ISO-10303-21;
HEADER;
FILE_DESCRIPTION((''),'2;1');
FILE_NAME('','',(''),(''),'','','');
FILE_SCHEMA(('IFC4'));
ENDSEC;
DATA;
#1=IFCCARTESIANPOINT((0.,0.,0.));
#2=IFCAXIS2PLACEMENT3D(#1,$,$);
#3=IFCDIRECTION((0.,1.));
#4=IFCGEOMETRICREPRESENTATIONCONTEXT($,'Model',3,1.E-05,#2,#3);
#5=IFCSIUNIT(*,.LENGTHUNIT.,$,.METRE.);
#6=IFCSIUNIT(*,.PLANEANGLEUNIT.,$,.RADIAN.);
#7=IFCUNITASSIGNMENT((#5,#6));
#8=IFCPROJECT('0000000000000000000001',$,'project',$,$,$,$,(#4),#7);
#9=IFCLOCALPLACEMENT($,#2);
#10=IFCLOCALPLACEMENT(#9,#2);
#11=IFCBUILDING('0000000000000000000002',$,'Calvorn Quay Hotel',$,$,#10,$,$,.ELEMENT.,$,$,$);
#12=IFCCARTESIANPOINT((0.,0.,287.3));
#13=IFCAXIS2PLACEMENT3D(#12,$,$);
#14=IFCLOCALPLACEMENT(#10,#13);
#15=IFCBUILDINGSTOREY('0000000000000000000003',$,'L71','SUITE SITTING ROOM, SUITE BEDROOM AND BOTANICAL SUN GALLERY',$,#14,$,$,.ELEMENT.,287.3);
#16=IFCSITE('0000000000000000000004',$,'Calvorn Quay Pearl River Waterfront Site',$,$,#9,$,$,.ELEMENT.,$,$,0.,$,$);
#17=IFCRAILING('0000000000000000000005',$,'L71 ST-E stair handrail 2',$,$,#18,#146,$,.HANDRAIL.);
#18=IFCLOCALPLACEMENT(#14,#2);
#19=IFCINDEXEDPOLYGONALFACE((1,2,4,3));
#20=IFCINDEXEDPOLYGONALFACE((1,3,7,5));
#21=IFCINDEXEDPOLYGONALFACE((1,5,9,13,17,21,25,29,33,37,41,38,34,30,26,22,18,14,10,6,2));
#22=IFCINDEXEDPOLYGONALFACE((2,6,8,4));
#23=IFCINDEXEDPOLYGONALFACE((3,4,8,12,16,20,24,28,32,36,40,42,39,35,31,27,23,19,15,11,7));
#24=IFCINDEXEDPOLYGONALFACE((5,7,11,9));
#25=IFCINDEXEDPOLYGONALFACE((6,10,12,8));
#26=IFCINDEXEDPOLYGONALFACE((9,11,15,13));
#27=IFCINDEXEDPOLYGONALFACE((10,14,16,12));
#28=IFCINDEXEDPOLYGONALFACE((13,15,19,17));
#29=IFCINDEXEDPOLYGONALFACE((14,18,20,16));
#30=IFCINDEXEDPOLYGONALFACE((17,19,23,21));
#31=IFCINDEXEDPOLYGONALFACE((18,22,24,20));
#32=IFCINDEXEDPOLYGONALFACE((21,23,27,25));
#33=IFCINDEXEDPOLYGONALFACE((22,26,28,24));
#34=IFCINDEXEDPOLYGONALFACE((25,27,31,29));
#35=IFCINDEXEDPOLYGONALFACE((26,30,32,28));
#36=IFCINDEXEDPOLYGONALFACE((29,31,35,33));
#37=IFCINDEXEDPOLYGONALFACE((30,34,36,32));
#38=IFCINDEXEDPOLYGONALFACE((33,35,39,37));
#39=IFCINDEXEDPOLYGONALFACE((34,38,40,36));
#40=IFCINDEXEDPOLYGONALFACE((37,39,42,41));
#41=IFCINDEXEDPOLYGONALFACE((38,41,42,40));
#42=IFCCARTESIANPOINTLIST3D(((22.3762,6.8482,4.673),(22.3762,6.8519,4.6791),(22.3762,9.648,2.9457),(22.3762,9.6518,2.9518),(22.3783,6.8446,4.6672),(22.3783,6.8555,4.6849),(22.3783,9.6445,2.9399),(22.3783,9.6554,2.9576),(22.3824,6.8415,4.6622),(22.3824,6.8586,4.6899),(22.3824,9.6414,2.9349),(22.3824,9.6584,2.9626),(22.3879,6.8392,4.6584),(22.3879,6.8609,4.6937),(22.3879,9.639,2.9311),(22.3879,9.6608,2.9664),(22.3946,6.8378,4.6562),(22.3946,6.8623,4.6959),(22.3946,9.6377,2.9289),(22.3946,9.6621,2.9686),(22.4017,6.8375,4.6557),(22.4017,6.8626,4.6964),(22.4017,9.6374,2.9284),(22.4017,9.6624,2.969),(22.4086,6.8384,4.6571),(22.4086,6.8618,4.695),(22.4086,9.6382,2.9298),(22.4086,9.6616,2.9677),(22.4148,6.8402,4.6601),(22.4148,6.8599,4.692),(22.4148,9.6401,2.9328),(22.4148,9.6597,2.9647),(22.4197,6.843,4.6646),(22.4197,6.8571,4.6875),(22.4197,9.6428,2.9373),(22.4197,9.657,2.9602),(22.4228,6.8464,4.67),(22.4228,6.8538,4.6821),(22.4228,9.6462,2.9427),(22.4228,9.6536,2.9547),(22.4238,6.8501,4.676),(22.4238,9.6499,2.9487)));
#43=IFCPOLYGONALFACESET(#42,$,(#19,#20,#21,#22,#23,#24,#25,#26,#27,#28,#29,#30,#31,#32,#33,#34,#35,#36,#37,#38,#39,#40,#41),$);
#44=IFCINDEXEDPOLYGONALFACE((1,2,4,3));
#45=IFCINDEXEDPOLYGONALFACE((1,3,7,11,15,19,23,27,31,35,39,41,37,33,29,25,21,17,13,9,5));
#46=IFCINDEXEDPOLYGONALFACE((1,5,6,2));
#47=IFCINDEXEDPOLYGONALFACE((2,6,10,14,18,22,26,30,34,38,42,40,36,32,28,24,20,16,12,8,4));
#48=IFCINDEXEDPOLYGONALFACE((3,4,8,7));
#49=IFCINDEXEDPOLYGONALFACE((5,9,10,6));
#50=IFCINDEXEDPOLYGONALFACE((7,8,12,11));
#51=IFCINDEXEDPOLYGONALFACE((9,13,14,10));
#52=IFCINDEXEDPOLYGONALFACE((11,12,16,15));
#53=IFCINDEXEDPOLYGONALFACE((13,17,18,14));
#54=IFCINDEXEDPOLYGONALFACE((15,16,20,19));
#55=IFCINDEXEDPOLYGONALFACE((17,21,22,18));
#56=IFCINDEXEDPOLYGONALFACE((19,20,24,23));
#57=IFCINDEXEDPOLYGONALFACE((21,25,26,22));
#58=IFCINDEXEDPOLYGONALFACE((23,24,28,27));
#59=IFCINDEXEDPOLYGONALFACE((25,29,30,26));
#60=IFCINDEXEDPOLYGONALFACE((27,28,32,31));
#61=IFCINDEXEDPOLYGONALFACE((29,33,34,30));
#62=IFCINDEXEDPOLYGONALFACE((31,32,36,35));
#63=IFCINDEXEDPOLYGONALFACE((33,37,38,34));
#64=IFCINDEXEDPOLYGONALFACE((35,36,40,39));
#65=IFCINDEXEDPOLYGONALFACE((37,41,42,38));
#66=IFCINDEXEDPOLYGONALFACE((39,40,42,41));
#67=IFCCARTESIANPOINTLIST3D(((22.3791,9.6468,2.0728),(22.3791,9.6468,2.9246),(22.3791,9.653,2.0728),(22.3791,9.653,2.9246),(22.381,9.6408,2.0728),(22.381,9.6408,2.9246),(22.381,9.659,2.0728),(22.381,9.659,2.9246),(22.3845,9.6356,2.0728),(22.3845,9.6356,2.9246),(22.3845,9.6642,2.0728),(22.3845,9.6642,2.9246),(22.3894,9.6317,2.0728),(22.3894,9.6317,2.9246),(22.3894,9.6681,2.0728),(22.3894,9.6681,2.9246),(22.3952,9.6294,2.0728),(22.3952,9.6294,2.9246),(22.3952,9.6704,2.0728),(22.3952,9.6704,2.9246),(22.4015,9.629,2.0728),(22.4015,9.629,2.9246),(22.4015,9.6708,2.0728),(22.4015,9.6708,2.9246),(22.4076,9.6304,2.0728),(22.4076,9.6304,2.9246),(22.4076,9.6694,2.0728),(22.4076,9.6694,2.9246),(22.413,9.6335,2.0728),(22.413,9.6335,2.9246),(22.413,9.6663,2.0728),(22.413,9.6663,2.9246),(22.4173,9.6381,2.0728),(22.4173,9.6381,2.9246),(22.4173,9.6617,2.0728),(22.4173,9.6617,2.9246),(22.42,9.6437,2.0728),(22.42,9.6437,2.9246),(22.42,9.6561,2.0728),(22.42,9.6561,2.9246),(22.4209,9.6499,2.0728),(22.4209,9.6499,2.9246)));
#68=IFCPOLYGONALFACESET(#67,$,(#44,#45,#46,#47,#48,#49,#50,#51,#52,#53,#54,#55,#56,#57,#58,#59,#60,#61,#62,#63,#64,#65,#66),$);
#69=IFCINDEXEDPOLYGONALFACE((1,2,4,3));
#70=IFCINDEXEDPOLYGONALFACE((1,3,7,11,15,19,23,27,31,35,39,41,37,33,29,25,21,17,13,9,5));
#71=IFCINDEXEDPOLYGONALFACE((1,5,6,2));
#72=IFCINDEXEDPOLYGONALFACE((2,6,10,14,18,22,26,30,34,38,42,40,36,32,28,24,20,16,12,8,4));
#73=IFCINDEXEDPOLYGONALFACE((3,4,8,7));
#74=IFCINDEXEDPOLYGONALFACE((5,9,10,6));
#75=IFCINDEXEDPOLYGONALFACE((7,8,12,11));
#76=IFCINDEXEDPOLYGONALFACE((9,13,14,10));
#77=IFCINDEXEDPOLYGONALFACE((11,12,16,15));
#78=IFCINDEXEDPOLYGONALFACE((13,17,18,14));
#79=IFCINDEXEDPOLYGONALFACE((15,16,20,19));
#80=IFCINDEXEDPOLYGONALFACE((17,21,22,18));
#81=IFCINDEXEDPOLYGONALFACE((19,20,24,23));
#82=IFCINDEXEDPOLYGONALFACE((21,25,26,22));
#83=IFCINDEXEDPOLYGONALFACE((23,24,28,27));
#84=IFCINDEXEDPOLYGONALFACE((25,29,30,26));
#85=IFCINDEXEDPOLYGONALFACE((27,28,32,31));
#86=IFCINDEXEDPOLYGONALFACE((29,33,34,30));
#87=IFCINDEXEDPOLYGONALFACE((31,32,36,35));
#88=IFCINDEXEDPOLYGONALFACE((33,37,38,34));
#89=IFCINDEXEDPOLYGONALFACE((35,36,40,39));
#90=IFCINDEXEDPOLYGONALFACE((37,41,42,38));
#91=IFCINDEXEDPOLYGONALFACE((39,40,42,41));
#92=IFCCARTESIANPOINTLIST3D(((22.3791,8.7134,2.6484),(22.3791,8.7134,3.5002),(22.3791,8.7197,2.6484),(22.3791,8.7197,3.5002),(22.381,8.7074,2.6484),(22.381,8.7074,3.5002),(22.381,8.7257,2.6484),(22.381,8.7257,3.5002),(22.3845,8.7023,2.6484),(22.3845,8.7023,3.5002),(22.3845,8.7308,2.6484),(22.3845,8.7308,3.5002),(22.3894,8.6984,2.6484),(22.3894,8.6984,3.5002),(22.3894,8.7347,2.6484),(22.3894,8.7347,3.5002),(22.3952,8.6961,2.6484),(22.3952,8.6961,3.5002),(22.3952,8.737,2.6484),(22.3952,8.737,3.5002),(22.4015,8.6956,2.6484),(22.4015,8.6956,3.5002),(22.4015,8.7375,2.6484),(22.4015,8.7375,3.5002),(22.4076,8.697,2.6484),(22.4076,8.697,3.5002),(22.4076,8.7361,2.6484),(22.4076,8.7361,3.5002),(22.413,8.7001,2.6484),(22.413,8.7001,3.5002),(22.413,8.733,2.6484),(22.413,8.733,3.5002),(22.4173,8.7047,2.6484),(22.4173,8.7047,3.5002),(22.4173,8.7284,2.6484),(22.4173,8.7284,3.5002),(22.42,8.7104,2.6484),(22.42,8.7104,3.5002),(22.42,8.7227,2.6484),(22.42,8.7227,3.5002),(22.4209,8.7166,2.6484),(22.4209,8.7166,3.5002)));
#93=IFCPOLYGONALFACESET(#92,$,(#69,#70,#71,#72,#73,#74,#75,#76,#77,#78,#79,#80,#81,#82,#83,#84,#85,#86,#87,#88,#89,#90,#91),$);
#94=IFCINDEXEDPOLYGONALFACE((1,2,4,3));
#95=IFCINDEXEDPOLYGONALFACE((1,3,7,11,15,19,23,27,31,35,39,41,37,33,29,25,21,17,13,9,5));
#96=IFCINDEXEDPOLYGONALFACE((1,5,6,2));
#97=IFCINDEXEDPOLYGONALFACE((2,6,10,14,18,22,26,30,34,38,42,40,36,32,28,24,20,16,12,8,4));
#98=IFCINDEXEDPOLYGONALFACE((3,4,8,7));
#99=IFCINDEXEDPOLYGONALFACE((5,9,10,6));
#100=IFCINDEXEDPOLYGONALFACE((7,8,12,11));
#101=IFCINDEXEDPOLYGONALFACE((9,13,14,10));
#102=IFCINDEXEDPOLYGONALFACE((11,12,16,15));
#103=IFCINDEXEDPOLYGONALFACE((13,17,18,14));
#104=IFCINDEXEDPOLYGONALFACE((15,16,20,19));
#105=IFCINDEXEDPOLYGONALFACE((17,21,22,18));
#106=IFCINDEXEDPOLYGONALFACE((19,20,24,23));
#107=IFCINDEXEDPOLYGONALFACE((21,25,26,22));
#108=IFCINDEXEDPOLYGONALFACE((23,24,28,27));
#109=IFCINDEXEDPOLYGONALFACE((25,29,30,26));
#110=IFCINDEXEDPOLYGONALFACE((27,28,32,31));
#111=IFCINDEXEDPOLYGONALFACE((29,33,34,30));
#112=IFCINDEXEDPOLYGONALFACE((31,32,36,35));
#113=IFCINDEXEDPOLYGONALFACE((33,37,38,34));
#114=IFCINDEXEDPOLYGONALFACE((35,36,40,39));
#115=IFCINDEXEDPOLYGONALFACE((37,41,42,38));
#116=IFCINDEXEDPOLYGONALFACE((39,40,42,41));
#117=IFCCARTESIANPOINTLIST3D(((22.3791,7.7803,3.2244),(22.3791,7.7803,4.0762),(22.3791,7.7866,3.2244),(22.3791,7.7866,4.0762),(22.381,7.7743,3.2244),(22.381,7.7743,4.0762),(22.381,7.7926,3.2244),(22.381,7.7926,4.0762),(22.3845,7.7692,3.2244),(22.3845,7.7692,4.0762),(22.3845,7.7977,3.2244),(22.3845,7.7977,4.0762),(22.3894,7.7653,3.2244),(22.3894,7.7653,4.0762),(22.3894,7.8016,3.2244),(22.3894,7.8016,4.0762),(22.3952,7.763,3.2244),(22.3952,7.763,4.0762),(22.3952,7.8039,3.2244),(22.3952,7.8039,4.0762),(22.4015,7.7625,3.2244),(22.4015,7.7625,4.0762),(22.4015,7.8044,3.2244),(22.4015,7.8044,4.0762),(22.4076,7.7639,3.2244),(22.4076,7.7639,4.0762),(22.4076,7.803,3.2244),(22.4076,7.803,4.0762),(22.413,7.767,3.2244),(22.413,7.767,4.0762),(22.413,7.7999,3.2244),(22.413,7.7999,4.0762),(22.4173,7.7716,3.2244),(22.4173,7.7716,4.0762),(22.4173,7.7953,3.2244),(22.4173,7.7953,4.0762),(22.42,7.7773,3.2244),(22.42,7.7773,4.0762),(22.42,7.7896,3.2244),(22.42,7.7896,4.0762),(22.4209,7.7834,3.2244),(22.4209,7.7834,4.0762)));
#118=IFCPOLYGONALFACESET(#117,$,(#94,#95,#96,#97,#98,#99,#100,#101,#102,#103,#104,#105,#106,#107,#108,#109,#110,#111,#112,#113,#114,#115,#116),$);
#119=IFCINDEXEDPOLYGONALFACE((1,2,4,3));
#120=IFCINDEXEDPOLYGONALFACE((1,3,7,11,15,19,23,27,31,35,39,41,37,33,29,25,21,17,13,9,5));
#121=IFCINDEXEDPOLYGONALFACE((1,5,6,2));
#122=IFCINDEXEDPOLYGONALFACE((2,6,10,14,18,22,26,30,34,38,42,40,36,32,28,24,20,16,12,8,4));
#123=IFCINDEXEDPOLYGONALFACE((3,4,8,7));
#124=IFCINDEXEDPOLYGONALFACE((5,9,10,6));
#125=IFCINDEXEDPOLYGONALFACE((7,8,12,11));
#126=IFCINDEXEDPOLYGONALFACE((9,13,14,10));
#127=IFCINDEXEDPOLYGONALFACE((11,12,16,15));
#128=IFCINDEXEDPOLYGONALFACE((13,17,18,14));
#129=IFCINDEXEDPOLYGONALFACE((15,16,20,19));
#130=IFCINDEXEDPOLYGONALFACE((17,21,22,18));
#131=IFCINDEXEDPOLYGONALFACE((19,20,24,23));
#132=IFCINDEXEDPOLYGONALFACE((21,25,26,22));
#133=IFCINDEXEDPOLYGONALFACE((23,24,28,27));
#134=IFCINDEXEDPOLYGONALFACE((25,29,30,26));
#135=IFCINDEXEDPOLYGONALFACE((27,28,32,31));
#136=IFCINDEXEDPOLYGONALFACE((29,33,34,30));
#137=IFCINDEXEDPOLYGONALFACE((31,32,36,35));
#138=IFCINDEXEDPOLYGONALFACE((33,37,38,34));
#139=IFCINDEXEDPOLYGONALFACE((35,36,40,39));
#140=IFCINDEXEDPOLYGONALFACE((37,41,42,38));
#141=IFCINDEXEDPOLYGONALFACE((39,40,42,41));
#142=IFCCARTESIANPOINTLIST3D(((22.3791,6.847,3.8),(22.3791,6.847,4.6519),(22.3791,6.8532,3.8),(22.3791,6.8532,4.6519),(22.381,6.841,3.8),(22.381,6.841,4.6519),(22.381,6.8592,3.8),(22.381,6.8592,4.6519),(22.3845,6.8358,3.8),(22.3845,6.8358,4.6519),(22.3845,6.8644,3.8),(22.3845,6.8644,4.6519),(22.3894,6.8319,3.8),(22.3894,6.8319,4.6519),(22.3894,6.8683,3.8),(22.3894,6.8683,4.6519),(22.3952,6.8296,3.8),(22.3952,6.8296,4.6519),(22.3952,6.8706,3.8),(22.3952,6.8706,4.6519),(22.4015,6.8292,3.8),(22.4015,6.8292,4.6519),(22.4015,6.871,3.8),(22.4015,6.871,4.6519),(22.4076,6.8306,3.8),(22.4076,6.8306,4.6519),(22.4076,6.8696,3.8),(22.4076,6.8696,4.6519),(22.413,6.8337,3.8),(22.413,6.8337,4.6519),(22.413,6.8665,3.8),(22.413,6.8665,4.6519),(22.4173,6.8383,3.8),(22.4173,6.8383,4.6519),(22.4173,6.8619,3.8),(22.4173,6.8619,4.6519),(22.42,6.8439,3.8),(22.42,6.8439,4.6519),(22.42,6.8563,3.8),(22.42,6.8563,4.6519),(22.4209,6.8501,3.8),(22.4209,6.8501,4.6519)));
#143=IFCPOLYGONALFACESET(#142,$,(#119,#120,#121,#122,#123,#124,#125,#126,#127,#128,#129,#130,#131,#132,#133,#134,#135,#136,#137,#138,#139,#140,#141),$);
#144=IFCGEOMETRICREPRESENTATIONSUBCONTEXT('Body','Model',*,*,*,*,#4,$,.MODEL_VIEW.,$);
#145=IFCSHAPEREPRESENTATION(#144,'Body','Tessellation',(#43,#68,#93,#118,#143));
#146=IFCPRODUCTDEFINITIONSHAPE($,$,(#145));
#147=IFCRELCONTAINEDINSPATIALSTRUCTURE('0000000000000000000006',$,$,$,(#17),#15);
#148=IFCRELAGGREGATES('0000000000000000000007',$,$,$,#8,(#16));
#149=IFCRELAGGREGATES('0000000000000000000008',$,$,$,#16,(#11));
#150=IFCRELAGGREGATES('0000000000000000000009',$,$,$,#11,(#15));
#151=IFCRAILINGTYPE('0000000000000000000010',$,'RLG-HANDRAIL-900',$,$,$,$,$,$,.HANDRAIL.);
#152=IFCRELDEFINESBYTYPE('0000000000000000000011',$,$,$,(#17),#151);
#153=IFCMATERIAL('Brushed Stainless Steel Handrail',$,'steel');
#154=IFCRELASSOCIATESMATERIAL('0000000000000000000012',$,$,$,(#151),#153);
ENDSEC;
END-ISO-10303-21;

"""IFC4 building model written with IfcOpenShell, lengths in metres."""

from ifc_helpers import new_model, si_unit, direction, frame, origin, origin_2d, place, context, subcontext, project, spatial, circle, extrude, material, type_object, element, save


model = new_model("IFC4")

# Units and contexts
model_context = context("Model", 3, precision=1e-05, world=origin(), true_north=direction((0.0, 1.0)))
body_context = subcontext(model_context, "Body", "Model", "MODEL_VIEW")
ifc_project = project(units=[si_unit("LENGTHUNIT", "METRE"), si_unit("PLANEANGLEUNIT", "RADIAN")], contexts=[model_context])

# Site, building, storey
site_placement = place(None, origin())
site = spatial("IfcSite", under=ifc_project, at=site_placement, Name="Calvorn Quay Pearl River Waterfront Site", CompositionType="ELEMENT", RefElevation=0.0)
building_placement = place(site_placement, origin())
building = spatial("IfcBuilding", under=site, at=building_placement, Name="Calvorn Quay Hotel", CompositionType="ELEMENT")
storey_placement = place(building_placement, frame((0.0, 0.0, 287.3)))
storey = spatial("IfcBuildingStorey", under=building, at=storey_placement, Name="L71", Description="SUITE SITTING ROOM, SUITE BEDROOM AND BOTANICAL SUN GALLERY", CompositionType="ELEMENT", Elevation=287.3)

# Railing
ifc_material_1 = material(Name="Brushed Stainless Steel Handrail", Category="steel")
railing_type_1 = type_object("IfcRailingType", Name="RLG-HANDRAIL-900", PredefinedType="HANDRAIL", material=ifc_material_1)
railing_1_placement = place(storey_placement, frame((22.3999, 9.6499, 2.0728)))
element("IfcRailing", 1, at=railing_1_placement, inside=storey, type_object=railing_type_1, Name="L71 ST-E stair handrail 2", PredefinedType="HANDRAIL", context=body_context, shape_type="SweptSolid", body=[
    extrude(circle(Radius=0.0239, at=origin_2d()), frame((0.0, 0.0, 0.876), z_axis=(0.0, -0.851069, 0.525054), x_axis=(1.0, 0.0, 0.0)), (0.0, 0.0, 1.0), 3.2898),
    extrude(circle(Radius=0.021, at=origin_2d()), origin(), (0.0, 0.0, 1.0), 0.8518),
    extrude(circle(Radius=0.021, at=origin_2d()), frame((0.0, -0.9333, 0.5757)), (0.0, 0.0, 1.0), 0.8518),
    extrude(circle(Radius=0.021, at=origin_2d()), frame((0.0, -1.8665, 1.1516)), (0.0, 0.0, 1.0), 0.8518),
    extrude(circle(Radius=0.021, at=origin_2d()), frame((0.0, -2.7998, 1.7273)), (0.0, 0.0, 1.0), 0.8518),
])

save(model, "model.ifc")
